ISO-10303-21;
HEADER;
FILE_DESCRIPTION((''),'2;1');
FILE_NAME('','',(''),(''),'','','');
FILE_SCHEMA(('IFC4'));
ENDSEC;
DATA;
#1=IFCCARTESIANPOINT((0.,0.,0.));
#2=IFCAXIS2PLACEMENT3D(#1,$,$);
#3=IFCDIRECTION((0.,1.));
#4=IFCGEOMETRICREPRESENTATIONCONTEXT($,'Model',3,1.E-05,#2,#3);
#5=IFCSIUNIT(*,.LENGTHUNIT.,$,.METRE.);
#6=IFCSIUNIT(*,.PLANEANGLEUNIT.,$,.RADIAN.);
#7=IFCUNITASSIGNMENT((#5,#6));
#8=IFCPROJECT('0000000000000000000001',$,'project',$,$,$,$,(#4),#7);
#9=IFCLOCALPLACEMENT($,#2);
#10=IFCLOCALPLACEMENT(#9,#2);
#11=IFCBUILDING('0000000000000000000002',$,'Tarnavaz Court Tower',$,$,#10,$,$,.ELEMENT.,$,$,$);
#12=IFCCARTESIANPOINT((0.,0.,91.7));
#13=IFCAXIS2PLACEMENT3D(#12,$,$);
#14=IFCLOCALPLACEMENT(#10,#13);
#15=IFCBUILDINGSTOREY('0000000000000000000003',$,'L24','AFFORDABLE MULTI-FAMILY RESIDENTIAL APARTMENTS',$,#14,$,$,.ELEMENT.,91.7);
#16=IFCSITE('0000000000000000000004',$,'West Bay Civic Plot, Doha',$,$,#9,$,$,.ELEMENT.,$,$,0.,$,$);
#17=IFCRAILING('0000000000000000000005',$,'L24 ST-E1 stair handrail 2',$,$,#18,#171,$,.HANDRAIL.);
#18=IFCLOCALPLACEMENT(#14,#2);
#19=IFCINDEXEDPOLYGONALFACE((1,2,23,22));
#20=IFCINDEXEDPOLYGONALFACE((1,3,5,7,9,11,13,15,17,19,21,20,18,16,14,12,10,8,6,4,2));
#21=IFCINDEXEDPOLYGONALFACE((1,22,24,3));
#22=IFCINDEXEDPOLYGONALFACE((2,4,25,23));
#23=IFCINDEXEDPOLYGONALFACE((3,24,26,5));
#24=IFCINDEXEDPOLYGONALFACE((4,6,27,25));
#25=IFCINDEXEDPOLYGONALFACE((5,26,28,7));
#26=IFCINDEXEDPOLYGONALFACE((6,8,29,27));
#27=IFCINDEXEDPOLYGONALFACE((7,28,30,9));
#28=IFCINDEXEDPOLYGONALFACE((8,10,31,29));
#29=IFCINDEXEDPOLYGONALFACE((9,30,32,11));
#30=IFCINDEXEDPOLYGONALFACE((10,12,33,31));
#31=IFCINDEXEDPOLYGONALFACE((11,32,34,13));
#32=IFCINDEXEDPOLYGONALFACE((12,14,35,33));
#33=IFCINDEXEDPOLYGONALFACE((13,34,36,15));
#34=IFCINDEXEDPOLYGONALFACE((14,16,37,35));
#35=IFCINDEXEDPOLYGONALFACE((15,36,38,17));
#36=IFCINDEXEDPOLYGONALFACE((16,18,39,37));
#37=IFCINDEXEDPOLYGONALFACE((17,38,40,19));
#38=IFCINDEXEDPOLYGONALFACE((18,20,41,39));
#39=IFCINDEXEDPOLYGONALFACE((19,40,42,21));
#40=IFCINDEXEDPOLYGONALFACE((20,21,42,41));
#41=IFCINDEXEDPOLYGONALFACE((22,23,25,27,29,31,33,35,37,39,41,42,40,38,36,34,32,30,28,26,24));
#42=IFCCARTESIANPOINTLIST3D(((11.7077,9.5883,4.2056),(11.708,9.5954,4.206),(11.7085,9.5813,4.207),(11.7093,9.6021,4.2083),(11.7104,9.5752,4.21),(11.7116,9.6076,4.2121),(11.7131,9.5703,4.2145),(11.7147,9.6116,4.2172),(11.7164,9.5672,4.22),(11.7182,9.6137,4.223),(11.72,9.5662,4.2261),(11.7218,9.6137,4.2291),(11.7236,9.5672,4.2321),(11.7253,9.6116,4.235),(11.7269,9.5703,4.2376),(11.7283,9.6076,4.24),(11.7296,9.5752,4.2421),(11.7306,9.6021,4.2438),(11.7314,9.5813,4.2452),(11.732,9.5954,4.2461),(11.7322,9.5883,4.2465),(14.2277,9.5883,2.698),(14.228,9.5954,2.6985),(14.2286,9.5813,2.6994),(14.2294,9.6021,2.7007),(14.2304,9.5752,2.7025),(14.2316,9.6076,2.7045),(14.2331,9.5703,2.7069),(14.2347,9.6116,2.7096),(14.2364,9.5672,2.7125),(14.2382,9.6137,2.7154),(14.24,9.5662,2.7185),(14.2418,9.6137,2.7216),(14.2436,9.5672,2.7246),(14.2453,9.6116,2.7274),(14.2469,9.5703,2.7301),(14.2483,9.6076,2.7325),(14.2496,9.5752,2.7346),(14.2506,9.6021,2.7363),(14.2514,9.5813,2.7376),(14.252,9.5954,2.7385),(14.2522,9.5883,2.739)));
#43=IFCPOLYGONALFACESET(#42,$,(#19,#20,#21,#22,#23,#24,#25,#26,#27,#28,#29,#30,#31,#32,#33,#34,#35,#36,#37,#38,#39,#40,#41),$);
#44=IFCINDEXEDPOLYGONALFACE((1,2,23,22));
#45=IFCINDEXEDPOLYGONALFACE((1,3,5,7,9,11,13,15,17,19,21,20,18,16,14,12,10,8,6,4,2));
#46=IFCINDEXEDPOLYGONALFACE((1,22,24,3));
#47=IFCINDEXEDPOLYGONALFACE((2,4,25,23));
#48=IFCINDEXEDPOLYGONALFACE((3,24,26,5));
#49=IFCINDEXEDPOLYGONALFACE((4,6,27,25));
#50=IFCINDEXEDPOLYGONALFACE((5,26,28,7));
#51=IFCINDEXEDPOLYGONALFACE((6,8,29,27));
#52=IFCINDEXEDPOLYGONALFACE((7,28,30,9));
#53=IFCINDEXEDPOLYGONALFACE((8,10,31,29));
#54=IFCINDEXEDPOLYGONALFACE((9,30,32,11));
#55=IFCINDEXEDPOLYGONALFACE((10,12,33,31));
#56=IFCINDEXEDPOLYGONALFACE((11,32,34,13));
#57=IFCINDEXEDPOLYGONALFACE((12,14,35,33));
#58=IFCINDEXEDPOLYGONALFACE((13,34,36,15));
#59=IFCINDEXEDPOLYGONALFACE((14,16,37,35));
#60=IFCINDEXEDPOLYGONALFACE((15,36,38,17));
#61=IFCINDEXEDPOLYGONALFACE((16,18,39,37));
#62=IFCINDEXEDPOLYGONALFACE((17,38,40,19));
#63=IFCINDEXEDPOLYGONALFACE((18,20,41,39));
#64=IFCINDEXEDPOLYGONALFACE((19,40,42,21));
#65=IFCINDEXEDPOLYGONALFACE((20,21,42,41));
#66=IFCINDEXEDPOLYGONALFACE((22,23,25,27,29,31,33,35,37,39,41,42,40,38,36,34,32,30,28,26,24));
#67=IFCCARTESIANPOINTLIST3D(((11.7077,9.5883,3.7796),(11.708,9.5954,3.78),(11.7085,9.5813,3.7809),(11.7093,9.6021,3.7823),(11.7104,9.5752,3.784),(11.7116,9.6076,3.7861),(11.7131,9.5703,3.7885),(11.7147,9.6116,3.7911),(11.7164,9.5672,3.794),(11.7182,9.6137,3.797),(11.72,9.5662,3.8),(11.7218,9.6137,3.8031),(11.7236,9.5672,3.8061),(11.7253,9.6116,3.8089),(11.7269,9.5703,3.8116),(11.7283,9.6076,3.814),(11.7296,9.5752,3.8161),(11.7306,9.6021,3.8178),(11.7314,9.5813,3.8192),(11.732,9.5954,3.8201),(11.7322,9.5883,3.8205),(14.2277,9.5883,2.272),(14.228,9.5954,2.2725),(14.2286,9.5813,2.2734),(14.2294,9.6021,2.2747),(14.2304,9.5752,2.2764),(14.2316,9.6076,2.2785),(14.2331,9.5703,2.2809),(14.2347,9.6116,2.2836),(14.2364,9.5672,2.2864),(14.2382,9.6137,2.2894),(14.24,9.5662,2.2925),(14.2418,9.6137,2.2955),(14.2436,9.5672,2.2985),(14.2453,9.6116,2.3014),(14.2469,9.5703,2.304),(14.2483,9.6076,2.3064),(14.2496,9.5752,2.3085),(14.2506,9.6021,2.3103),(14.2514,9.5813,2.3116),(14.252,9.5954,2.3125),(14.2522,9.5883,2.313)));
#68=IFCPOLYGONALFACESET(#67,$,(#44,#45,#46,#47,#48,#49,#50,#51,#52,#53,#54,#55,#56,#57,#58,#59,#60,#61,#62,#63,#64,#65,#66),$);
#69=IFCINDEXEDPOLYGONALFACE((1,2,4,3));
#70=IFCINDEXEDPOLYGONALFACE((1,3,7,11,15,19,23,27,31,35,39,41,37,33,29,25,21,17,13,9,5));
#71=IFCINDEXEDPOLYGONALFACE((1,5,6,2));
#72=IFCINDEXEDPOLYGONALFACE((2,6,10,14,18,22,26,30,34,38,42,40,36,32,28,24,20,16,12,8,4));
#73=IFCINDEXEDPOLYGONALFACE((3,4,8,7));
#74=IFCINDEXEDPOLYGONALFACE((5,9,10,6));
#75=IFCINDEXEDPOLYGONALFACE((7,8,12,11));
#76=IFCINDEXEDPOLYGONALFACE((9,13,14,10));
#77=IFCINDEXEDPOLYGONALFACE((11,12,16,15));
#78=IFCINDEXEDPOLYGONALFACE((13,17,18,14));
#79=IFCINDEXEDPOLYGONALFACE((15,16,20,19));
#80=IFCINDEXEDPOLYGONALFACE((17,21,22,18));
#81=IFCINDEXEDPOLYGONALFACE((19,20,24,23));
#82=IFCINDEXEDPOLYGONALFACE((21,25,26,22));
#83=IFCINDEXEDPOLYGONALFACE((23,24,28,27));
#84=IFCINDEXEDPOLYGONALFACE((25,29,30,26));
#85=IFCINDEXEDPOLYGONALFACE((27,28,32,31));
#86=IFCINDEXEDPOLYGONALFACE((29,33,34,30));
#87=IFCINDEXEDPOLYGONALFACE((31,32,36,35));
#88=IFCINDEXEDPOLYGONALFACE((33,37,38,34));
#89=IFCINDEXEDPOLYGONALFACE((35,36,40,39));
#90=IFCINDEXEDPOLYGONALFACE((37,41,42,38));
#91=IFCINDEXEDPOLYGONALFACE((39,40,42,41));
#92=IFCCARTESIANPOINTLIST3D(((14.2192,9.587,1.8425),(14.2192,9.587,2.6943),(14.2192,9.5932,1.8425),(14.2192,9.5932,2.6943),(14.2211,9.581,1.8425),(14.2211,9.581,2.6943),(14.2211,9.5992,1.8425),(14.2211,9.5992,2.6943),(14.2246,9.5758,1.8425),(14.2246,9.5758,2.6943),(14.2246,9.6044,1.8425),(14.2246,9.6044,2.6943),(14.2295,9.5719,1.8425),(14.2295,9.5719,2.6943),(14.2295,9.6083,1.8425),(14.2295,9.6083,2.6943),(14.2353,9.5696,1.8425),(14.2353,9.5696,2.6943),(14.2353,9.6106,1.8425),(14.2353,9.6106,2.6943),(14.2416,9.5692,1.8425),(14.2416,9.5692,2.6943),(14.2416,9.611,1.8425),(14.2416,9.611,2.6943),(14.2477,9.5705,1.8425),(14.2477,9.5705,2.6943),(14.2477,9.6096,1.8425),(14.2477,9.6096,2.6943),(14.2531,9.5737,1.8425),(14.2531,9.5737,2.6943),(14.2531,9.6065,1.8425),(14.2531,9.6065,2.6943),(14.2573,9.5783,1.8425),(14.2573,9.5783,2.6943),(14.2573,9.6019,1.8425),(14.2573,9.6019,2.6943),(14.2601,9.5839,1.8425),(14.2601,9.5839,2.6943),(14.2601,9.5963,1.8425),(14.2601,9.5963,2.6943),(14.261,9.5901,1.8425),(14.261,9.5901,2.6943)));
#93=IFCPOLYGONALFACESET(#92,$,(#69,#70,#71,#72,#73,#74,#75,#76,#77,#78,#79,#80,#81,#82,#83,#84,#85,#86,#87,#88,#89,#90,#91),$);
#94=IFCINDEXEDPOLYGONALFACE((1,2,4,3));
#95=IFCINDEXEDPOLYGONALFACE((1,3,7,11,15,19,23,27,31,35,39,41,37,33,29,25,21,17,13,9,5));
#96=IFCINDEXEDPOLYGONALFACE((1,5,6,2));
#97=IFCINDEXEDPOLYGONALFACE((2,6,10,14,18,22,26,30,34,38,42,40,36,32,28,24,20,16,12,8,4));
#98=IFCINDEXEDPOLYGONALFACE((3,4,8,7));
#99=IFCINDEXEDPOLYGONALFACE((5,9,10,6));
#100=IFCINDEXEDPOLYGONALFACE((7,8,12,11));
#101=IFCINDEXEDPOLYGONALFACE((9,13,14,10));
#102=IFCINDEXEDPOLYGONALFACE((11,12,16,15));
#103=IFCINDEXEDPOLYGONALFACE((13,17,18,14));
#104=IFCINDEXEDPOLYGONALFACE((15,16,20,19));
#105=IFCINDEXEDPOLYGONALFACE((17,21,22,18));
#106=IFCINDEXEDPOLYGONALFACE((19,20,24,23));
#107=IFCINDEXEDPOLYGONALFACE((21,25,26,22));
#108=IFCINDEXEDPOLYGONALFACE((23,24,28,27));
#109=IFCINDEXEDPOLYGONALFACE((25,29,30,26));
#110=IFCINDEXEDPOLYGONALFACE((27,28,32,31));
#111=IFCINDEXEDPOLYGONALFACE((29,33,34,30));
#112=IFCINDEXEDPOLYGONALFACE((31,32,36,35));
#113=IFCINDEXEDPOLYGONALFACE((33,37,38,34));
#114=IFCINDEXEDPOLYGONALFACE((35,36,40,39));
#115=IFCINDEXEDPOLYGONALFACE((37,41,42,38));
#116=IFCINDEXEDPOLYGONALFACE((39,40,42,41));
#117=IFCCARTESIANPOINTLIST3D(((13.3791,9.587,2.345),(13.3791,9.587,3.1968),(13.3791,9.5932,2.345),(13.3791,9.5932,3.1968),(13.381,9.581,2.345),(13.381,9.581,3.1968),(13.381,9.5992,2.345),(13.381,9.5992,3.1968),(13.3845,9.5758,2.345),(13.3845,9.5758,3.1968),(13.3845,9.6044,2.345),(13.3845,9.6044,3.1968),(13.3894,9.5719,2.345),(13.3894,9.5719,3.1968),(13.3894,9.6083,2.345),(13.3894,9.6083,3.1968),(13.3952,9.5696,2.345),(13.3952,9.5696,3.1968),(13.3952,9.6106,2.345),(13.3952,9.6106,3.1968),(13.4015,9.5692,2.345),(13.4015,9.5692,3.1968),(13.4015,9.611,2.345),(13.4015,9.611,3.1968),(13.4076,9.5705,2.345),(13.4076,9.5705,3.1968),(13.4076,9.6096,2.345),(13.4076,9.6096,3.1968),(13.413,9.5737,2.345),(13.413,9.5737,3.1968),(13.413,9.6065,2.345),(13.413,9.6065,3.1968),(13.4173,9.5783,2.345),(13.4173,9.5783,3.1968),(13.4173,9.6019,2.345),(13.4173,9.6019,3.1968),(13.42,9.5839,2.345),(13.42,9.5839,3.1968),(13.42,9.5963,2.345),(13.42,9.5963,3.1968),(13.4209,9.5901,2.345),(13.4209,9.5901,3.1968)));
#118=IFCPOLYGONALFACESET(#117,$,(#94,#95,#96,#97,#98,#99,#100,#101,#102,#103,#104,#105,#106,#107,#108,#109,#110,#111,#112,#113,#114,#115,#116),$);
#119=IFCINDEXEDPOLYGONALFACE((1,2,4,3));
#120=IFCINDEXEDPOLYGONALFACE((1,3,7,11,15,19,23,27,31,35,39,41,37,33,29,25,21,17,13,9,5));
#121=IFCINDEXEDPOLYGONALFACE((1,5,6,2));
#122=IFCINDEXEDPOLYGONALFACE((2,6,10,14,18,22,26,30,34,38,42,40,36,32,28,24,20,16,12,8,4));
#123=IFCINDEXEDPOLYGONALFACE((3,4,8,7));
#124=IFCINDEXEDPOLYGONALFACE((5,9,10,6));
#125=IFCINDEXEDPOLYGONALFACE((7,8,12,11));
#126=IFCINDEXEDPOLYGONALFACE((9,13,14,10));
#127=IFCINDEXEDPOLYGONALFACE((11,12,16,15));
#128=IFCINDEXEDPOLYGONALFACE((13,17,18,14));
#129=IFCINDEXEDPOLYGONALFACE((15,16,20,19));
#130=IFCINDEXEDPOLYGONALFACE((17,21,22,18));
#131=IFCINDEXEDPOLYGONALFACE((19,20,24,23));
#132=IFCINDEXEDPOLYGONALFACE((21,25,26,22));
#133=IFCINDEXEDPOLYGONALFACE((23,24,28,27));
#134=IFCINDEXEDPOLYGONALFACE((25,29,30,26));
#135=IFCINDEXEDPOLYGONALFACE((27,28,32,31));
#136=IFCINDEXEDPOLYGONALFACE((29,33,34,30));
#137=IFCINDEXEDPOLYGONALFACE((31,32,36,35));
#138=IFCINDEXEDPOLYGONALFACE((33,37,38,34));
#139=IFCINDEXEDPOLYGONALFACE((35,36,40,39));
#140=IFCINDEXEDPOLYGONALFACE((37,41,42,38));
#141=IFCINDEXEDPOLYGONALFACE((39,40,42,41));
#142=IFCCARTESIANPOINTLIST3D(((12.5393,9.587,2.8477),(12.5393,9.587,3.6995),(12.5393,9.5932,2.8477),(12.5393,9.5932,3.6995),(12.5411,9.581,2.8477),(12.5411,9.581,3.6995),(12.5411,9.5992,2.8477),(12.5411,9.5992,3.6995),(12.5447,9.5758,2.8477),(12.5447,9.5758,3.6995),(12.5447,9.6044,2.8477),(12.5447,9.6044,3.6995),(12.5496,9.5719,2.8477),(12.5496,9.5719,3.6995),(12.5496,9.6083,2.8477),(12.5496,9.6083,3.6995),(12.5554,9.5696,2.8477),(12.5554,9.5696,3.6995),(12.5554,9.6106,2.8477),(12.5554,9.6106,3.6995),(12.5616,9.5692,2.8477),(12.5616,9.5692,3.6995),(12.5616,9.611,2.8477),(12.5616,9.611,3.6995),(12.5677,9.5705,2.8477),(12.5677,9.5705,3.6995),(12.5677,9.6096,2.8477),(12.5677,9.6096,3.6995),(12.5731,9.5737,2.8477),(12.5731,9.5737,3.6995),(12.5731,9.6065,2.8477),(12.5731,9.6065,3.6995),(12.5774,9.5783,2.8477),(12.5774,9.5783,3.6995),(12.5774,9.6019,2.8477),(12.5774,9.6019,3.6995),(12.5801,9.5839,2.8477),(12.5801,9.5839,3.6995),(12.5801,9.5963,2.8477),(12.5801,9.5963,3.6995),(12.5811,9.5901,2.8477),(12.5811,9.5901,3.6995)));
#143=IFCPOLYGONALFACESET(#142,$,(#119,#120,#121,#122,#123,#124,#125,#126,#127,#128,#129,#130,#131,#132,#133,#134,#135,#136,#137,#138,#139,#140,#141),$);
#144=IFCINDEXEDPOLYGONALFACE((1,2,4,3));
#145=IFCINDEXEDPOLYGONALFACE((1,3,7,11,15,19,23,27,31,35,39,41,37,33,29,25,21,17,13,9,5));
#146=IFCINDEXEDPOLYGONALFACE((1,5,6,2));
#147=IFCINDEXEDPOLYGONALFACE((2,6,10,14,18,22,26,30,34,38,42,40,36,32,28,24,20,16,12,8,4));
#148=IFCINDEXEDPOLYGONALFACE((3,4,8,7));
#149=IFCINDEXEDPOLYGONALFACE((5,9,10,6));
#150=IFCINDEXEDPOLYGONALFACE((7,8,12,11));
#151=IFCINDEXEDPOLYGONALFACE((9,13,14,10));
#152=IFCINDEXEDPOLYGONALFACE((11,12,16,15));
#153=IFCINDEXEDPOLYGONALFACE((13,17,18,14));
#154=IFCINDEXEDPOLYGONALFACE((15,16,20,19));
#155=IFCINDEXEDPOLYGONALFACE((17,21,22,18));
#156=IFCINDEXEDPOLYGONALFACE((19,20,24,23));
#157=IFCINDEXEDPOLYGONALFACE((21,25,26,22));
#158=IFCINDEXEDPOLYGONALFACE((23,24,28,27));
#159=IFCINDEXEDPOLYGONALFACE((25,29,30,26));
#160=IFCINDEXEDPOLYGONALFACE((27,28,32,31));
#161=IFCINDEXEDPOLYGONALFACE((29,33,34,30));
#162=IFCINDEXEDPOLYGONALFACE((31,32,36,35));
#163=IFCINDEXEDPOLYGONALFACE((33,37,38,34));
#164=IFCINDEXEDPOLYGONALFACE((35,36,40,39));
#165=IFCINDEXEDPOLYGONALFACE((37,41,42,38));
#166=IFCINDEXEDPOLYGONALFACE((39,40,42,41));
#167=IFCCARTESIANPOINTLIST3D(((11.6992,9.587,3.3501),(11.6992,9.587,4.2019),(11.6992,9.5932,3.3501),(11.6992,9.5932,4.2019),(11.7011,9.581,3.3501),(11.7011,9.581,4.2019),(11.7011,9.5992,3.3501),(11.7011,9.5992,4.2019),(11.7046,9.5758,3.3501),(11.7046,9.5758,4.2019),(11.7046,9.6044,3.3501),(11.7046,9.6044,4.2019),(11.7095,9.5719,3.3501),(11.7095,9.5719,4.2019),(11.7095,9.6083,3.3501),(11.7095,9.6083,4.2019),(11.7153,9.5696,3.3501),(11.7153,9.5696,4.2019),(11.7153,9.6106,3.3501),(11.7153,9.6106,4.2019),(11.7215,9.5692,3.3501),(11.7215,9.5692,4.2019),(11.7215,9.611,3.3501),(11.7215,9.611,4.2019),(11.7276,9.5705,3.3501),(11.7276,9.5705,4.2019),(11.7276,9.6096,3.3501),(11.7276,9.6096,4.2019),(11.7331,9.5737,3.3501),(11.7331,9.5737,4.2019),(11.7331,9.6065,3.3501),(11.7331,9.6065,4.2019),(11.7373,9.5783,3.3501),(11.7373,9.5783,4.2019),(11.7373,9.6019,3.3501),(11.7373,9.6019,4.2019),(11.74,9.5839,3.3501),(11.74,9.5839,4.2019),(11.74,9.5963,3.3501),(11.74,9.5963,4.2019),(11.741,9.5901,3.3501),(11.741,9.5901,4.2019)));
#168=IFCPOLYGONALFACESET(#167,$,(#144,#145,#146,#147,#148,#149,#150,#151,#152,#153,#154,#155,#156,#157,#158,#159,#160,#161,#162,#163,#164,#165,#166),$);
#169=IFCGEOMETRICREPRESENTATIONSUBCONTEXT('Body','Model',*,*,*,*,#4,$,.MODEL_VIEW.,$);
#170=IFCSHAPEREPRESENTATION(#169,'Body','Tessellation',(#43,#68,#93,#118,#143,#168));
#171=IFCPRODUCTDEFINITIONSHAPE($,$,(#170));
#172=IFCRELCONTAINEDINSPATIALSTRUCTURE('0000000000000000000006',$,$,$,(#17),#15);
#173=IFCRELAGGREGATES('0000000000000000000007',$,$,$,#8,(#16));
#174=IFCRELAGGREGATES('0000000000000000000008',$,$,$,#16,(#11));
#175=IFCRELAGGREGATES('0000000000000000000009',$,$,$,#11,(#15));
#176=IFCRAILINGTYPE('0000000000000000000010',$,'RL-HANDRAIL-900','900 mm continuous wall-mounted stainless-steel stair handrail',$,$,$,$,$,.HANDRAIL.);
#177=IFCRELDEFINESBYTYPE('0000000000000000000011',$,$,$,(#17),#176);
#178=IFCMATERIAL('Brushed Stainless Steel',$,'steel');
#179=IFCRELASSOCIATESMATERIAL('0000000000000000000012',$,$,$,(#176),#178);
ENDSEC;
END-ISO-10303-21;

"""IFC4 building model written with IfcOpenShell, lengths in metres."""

from ifc_helpers import new_model, si_unit, direction, frame, origin, origin_2d, place, context, subcontext, project, spatial, circle, extrude, material, type_object, element, save


model = new_model("IFC4")

# Units and contexts
model_context = context("Model", 3, precision=1e-05, world=origin(), true_north=direction((0.0, 1.0)))
body_context = subcontext(model_context, "Body", "Model", "MODEL_VIEW")
ifc_project = project(units=[si_unit("LENGTHUNIT", "METRE"), si_unit("PLANEANGLEUNIT", "RADIAN")], contexts=[model_context])

# Site, building, storey
site_placement = place(None, origin())
site = spatial("IfcSite", under=ifc_project, at=site_placement, Name="West Bay Civic Plot, Doha", CompositionType="ELEMENT", RefElevation=0.0)
building_placement = place(site_placement, origin())
building = spatial("IfcBuilding", under=site, at=building_placement, Name="Tarnavaz Court Tower", CompositionType="ELEMENT")
storey_placement = place(building_placement, frame((0.0, 0.0, 91.7)))
storey = spatial("IfcBuildingStorey", under=building, at=storey_placement, Name="L24", Description="AFFORDABLE MULTI-FAMILY RESIDENTIAL APARTMENTS", CompositionType="ELEMENT", Elevation=91.7)

# Railing
ifc_material_1 = material(Name="Brushed Stainless Steel", Category="steel")
railing_type_1 = type_object("IfcRailingType", Name="RL-HANDRAIL-900", Description="900 mm continuous wall-mounted stainless-steel stair handrail", PredefinedType="HANDRAIL", material=ifc_material_1)
railing_1_placement = place(storey_placement, frame((14.24, 9.5901, 1.8425)))
element("IfcRailing", 1, at=railing_1_placement, inside=storey, type_object=railing_type_1, Name="L24 ST-E1 stair handrail 2", PredefinedType="HANDRAIL", context=body_context, shape_type="SweptSolid", body=[
    extrude(circle(Radius=0.0239, at=origin_2d()), frame((0.0, 0.0, 0.876), z_axis=(-0.85816, 0.0, 0.513383), x_axis=(0.0, -1.0, 0.0)), (0.0, 0.0, 1.0), 2.9365),
    extrude(circle(Radius=0.0239, at=origin_2d()), frame((0.0, 0.0, 0.45), z_axis=(-0.85816, 0.0, 0.513383), x_axis=(0.0, -1.0, 0.0)), (0.0, 0.0, 1.0), 2.9365),
    extrude(circle(Radius=0.021, at=origin_2d()), origin(), (0.0, 0.0, 1.0), 0.8518),
    extrude(circle(Radius=0.021, at=origin_2d()), frame((-0.8401, 0.0, 0.5024)), (0.0, 0.0, 1.0), 0.8518),
    extrude(circle(Radius=0.021, at=origin_2d()), frame((-1.6799, 0.0, 1.0051)), (0.0, 0.0, 1.0), 0.8518),
    extrude(circle(Radius=0.021, at=origin_2d()), frame((-2.52, 0.0, 1.5076)), (0.0, 0.0, 1.0), 0.8518),
])

save(model, "model.ifc")
